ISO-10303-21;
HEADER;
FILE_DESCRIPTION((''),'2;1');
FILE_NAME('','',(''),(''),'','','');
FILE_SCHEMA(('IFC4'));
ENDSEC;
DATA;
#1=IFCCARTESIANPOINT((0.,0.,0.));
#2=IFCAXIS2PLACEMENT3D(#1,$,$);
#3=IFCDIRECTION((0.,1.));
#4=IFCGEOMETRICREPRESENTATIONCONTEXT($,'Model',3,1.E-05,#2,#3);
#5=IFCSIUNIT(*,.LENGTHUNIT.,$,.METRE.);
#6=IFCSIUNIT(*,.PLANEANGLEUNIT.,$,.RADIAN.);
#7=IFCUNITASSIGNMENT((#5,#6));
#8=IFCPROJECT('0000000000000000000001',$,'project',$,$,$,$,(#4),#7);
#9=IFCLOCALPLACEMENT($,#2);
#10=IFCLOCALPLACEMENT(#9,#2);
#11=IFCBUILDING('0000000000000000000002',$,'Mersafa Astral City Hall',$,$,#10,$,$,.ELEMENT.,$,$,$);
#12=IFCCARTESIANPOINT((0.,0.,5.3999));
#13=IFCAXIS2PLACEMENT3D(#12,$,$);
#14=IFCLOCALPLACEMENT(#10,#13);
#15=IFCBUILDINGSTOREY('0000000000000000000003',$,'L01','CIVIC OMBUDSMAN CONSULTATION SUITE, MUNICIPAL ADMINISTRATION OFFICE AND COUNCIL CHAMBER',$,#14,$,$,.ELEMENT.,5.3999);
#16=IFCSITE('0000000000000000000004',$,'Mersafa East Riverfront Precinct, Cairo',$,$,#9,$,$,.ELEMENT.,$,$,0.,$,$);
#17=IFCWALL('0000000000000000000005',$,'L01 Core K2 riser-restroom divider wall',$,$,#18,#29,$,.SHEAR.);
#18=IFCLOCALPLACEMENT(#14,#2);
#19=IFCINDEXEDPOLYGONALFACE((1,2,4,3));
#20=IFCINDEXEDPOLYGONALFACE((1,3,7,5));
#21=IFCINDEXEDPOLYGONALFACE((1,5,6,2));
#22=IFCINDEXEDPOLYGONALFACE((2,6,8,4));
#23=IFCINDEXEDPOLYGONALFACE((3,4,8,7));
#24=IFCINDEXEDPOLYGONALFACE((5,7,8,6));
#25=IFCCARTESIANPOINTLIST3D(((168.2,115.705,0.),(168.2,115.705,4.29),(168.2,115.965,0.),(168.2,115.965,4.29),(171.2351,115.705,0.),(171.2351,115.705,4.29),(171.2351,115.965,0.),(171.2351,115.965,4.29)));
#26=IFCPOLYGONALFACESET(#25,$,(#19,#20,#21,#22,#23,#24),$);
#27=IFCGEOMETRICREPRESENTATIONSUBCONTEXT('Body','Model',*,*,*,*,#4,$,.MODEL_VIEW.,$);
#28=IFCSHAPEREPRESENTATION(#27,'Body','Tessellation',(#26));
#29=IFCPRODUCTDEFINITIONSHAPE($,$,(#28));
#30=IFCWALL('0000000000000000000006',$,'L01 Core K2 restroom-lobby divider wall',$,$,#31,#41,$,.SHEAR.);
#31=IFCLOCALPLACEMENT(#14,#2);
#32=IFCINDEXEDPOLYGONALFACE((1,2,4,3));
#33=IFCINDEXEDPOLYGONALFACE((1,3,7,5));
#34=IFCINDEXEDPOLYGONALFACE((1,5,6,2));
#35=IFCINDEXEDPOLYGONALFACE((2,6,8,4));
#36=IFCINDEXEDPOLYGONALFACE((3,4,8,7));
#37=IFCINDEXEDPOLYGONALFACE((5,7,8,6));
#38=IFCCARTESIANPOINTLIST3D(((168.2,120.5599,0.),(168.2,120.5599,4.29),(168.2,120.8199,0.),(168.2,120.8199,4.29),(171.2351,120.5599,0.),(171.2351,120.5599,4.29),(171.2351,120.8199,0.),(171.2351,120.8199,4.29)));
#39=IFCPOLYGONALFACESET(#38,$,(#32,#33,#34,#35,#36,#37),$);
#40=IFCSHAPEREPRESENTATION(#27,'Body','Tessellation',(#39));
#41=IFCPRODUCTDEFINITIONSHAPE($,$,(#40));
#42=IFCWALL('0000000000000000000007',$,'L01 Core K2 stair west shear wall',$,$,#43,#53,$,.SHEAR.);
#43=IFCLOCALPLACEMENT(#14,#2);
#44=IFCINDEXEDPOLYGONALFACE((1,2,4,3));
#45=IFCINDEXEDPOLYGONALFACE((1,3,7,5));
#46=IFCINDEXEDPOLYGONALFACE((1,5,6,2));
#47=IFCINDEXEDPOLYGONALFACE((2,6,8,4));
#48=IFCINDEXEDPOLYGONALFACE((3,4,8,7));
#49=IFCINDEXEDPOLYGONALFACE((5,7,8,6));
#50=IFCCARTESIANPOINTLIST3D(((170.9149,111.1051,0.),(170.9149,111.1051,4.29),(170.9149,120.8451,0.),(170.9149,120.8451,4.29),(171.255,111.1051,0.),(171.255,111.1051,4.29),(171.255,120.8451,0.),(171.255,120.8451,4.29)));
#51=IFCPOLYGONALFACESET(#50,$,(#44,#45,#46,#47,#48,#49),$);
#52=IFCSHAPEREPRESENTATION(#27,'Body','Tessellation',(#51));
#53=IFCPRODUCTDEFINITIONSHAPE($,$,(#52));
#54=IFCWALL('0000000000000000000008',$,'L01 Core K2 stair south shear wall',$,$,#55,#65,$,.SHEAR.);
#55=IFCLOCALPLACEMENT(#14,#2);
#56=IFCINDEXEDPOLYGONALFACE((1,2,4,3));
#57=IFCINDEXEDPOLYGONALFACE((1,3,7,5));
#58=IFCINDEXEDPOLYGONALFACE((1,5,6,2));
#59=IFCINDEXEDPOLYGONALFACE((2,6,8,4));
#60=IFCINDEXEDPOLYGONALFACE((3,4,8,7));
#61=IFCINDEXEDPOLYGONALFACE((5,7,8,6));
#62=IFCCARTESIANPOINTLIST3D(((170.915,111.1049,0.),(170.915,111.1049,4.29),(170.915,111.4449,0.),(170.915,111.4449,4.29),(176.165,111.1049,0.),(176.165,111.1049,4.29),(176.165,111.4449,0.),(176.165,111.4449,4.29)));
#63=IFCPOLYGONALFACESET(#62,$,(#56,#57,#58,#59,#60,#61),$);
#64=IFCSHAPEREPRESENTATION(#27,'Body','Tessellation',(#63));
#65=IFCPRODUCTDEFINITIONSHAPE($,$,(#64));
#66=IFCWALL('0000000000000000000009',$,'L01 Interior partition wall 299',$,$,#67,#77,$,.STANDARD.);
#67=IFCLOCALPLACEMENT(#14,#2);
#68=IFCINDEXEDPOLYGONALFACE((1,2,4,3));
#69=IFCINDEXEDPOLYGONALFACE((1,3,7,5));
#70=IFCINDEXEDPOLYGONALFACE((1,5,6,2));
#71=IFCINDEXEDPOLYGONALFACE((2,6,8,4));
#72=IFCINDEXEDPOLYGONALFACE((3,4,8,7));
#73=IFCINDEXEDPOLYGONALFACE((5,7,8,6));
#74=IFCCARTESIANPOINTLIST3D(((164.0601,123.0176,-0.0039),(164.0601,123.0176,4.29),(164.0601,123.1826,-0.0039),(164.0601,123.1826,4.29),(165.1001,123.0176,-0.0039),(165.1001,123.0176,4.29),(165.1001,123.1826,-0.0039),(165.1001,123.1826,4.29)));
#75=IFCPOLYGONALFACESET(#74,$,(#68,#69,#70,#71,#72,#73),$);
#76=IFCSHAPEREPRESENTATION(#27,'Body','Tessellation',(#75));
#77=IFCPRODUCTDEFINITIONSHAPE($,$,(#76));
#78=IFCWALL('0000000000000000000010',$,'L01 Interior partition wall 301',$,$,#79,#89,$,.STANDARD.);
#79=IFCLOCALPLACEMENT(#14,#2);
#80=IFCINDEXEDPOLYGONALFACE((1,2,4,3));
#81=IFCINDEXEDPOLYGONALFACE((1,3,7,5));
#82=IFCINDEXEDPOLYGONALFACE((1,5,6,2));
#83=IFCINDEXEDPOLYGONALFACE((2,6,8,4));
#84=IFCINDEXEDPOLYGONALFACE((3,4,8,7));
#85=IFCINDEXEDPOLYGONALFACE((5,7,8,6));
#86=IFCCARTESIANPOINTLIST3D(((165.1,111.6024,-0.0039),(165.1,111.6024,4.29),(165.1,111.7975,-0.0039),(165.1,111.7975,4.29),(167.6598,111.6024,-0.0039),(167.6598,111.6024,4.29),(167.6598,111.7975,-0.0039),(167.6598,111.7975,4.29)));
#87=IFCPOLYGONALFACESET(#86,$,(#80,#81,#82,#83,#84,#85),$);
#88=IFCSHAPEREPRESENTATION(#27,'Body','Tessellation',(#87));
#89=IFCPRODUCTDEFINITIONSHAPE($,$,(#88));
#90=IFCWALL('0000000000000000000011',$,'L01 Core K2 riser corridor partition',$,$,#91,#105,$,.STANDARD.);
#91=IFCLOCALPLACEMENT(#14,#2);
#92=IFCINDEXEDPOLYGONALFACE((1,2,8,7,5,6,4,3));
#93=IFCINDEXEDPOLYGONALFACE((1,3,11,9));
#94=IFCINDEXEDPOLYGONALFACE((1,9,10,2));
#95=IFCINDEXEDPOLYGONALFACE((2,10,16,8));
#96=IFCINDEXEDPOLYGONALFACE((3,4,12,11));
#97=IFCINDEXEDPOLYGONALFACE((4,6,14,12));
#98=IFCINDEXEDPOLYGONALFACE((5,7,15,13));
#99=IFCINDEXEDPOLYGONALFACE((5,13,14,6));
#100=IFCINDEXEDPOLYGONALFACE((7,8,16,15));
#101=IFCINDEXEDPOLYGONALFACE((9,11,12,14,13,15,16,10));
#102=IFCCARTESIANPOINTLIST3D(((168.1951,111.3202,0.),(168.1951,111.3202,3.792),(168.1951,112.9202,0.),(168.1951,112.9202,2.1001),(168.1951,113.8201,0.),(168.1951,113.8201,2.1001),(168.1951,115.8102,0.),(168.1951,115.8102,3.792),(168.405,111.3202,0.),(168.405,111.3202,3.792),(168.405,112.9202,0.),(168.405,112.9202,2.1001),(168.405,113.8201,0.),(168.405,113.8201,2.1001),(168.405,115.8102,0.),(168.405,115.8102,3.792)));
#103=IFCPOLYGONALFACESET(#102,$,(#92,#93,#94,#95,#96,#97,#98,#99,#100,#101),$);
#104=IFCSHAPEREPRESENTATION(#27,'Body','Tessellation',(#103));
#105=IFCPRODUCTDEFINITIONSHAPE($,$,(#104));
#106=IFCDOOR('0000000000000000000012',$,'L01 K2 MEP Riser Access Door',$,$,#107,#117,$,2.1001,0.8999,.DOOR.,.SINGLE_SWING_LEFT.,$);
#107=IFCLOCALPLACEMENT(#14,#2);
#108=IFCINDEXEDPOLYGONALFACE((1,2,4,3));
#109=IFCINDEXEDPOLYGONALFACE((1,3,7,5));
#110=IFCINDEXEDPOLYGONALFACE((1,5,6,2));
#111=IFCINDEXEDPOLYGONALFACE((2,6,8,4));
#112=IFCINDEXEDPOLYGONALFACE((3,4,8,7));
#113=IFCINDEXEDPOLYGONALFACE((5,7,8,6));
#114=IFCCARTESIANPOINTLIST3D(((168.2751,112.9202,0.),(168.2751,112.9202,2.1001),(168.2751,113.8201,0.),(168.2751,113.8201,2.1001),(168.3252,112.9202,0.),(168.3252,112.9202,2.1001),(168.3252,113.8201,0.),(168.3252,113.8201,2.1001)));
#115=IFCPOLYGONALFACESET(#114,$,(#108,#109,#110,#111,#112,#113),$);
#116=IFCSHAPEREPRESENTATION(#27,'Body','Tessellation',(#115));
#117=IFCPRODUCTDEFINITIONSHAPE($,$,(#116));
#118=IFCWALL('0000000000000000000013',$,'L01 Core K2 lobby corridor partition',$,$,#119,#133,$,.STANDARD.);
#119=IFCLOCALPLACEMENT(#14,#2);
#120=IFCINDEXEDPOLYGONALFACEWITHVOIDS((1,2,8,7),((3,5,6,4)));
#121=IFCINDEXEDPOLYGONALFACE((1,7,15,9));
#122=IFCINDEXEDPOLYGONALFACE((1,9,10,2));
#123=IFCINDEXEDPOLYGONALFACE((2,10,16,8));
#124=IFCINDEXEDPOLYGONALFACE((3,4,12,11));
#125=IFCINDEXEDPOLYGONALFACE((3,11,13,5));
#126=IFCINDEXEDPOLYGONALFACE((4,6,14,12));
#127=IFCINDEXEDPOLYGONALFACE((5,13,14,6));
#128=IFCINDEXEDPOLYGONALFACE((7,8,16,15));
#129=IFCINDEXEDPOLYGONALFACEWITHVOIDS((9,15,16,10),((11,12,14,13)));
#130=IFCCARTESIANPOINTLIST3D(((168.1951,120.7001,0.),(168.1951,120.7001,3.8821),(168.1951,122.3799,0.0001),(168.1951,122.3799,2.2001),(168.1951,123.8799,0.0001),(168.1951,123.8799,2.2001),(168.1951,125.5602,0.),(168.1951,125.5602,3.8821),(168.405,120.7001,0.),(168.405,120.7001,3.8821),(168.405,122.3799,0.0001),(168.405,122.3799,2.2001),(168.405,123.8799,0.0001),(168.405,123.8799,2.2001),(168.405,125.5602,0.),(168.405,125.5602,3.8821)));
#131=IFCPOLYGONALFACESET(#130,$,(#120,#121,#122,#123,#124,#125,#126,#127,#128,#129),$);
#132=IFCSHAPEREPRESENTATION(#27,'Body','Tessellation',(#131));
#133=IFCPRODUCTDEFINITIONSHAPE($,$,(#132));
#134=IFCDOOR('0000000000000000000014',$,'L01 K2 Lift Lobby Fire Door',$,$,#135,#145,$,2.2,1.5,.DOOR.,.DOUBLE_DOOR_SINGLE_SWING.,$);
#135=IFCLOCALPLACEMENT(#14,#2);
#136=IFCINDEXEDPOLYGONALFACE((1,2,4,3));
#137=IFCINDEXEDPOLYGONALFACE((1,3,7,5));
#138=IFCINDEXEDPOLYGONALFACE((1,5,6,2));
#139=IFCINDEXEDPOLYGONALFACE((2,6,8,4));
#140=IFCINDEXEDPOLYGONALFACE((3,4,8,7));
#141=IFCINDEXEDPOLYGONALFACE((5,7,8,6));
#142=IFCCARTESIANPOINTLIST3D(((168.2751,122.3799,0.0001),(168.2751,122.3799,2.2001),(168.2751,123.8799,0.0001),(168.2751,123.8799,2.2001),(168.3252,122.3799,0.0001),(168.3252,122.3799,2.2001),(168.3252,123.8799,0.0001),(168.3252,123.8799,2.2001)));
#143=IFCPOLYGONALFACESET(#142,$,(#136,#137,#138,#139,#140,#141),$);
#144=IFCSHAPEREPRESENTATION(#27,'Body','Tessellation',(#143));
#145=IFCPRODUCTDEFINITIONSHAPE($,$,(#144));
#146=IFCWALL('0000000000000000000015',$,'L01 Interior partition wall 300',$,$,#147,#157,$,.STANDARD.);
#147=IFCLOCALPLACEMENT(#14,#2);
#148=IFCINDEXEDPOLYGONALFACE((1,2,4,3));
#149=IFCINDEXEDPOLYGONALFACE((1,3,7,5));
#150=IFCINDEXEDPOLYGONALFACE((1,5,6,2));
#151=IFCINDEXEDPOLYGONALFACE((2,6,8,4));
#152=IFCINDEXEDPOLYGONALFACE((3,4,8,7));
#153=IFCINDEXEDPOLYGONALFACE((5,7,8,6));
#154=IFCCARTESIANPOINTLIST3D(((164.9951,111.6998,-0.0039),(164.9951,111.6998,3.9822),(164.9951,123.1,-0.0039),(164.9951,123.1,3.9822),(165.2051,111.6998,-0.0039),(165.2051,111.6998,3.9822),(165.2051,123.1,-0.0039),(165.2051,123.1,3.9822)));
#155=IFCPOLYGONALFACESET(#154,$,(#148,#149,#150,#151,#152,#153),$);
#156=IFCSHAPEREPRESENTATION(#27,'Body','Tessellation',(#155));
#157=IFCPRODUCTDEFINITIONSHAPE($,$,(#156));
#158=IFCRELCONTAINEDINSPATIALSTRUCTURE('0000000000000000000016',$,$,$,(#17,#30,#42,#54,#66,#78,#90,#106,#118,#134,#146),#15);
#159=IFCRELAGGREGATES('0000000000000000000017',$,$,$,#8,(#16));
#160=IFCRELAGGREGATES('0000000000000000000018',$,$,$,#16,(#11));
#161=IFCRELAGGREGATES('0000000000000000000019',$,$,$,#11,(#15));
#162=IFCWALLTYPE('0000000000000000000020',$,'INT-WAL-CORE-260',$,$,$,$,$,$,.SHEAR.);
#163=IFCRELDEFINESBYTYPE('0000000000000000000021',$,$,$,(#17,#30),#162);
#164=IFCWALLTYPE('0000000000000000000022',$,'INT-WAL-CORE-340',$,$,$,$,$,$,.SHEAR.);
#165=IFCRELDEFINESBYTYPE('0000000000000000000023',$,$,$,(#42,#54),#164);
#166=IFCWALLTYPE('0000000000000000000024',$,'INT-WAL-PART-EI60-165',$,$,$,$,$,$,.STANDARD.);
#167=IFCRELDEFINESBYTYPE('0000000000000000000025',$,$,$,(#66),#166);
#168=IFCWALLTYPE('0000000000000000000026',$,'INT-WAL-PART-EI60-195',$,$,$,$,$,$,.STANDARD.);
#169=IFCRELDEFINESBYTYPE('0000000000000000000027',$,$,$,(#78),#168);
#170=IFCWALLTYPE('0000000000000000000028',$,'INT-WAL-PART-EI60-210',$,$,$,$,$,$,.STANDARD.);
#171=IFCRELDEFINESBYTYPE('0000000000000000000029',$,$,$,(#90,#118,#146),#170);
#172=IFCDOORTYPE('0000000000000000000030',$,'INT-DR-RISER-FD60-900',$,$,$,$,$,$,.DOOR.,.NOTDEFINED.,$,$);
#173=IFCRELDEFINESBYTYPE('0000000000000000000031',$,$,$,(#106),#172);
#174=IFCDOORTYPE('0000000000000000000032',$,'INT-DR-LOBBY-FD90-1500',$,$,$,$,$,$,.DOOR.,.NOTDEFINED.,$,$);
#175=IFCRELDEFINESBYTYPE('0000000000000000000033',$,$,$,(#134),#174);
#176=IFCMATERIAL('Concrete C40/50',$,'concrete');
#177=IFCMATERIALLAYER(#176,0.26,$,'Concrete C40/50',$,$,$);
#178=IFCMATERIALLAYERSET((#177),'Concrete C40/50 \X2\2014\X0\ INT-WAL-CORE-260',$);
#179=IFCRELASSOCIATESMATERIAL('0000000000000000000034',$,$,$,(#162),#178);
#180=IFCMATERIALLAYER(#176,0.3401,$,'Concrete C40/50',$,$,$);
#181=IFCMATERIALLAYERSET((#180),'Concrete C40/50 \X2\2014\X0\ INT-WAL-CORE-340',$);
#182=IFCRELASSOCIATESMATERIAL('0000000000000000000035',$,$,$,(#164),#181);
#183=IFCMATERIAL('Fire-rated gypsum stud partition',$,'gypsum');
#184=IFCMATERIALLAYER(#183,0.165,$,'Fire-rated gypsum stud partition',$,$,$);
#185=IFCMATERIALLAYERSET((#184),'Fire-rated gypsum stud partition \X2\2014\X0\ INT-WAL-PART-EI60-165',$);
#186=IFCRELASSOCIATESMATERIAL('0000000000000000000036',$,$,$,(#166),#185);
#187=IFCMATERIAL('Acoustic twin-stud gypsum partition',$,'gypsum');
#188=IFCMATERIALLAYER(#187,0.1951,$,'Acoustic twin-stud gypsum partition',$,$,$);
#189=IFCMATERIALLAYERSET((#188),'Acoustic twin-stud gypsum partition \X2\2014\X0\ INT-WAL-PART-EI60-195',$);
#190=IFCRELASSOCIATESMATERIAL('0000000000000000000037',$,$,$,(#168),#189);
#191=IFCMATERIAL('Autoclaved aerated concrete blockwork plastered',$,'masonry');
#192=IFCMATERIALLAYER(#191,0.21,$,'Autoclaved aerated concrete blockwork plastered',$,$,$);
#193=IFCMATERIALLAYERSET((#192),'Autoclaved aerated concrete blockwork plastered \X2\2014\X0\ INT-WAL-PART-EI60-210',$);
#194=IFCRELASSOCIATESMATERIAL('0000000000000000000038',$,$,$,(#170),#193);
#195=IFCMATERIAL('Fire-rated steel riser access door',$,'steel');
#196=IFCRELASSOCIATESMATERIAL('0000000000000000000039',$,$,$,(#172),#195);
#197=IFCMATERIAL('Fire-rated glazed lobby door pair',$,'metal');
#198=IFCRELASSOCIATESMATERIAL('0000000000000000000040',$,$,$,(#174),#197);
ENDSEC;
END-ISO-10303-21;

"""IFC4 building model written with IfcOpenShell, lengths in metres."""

from ifc_helpers import new_model, si_unit, direction, frame, frame_2d, origin, place, context, subcontext, project, spatial, rectangle, extrude, material, layer, layer_set, type_object, element, fill, save


model = new_model("IFC4")

# Units and contexts
model_context = context("Model", 3, precision=1e-05, world=origin(), true_north=direction((0.0, 1.0)))
body_context = subcontext(model_context, "Body", "Model", "MODEL_VIEW")
ifc_project = project(units=[si_unit("LENGTHUNIT", "METRE"), si_unit("PLANEANGLEUNIT", "RADIAN")], contexts=[model_context])

# Site, building, storey
site_placement = place(None, origin())
site = spatial("IfcSite", under=ifc_project, at=site_placement, Name="Mersafa East Riverfront Precinct, Cairo", CompositionType="ELEMENT", RefElevation=0.0)
building_placement = place(site_placement, origin())
building = spatial("IfcBuilding", under=site, at=building_placement, Name="Mersafa Astral City Hall", CompositionType="ELEMENT")
storey_placement = place(building_placement, frame((0.0, 0.0, 5.3999)))
storey = spatial("IfcBuildingStorey", under=building, at=storey_placement, Name="L01", Description="CIVIC OMBUDSMAN CONSULTATION SUITE, MUNICIPAL ADMINISTRATION OFFICE AND COUNCIL CHAMBER", CompositionType="ELEMENT", Elevation=5.3999)

# Shared definitions
ifc_material_1 = material(Name="Concrete C40/50", Category="concrete")
ifc_layer_1 = layer(ifc_material_1, 0.26, Name="Concrete C40/50")
ifc_layer_set_1 = layer_set([ifc_layer_1], Name="Concrete C40/50 — INT-WAL-CORE-260")
wall_type_1 = type_object("IfcWallType", Name="INT-WAL-CORE-260", PredefinedType="SHEAR", material=ifc_layer_set_1)

# Walls
for number, where, z_axis, x_axis, name in (
    (1, (168.2, 115.835, 0.0), (0.0, 0.0, 1.0), (1.0, 0.0, 0.0), "L01 Core K2 riser-restroom divider wall"),
    (2, (168.2, 120.6899, 0.0), (0.0, 0.0, 1.0), (1.0, 0.0, 0.0), "L01 Core K2 restroom-lobby divider wall"),
):
    element("IfcWall", number, at=place(storey_placement, frame(where, z_axis=z_axis, x_axis=x_axis)), inside=storey, type_object=wall_type_1, Name=name, PredefinedType="SHEAR", context=body_context, shape_type="SweptSolid", body=[
        extrude(rectangle(XDim=3.0352, YDim=0.26, at=frame_2d((1.5176, 0.0))), origin(), (0.0, 0.0, 1.0), 4.29),
    ])
ifc_layer_2 = layer(ifc_material_1, 0.3401, Name="Concrete C40/50")
ifc_layer_set_2 = layer_set([ifc_layer_2], Name="Concrete C40/50 — INT-WAL-CORE-340")
wall_type_2 = type_object("IfcWallType", Name="INT-WAL-CORE-340", PredefinedType="SHEAR", material=ifc_layer_set_2)
wall_1_placement = place(storey_placement, frame((171.085, 111.105, 0.0), z_axis=(0.0, 0.0, 1.0), x_axis=(0.0, 1.0, 0.0)))
element("IfcWall", 3, at=wall_1_placement, inside=storey, type_object=wall_type_2, Name="L01 Core K2 stair west shear wall", PredefinedType="SHEAR", context=body_context, shape_type="SweptSolid", body=[
    extrude(rectangle(XDim=9.74, YDim=0.3401, at=frame_2d((4.8701, 0.0))), origin(), (0.0, 0.0, 1.0), 4.29),
])
wall_2_placement = place(storey_placement, frame((170.915, 111.2749, 0.0), z_axis=(0.0, 0.0, 1.0), x_axis=(1.0, 0.0, 0.0)))
element("IfcWall", 4, at=wall_2_placement, inside=storey, type_object=wall_type_2, Name="L01 Core K2 stair south shear wall", PredefinedType="SHEAR", context=body_context, shape_type="SweptSolid", body=[
    extrude(rectangle(XDim=5.25, YDim=0.3401, at=frame_2d((2.625, 0.0))), origin(), (0.0, 0.0, 1.0), 4.29),
])

# Walls
ifc_material_2 = material(Name="Fire-rated gypsum stud partition", Category="gypsum")
ifc_layer_3 = layer(ifc_material_2, 0.165, Name="Fire-rated gypsum stud partition")
ifc_layer_set_3 = layer_set([ifc_layer_3], Name="Fire-rated gypsum stud partition — INT-WAL-PART-EI60-165")
wall_type_3 = type_object("IfcWallType", Name="INT-WAL-PART-EI60-165", PredefinedType="STANDARD", material=ifc_layer_set_3)
wall_3_placement = place(storey_placement, frame((164.0601, 123.1001, -0.0039), z_axis=(0.0, 0.0, 1.0), x_axis=(1.0, 0.0, 0.0)))
element("IfcWall", 5, at=wall_3_placement, inside=storey, type_object=wall_type_3, Name="L01 Interior partition wall 299", PredefinedType="STANDARD", context=body_context, shape_type="SweptSolid", body=[
    extrude(rectangle(XDim=1.04, YDim=0.165, at=frame_2d((0.52, 0.0))), origin(), (0.0, 0.0, 1.0), 4.2939),
])
ifc_material_3 = material(Name="Acoustic twin-stud gypsum partition", Category="gypsum")
ifc_layer_4 = layer(ifc_material_3, 0.1951, Name="Acoustic twin-stud gypsum partition")
ifc_layer_set_4 = layer_set([ifc_layer_4], Name="Acoustic twin-stud gypsum partition — INT-WAL-PART-EI60-195")
wall_type_4 = type_object("IfcWallType", Name="INT-WAL-PART-EI60-195", PredefinedType="STANDARD", material=ifc_layer_set_4)
wall_4_placement = place(storey_placement, frame((165.1001, 111.7, -0.0039), z_axis=(0.0, 0.0, 1.0), x_axis=(1.0, 0.0, 0.0)))
element("IfcWall", 6, at=wall_4_placement, inside=storey, type_object=wall_type_4, Name="L01 Interior partition wall 301", PredefinedType="STANDARD", context=body_context, shape_type="SweptSolid", body=[
    extrude(rectangle(XDim=2.5598, YDim=0.1951, at=frame_2d((1.2798, 0.0))), origin(), (0.0, 0.0, 1.0), 4.2939),
])

# Walls, openings, doors
ifc_material_4 = material(Name="Autoclaved aerated concrete blockwork plastered", Category="masonry")
ifc_layer_5 = layer(ifc_material_4, 0.21, Name="Autoclaved aerated concrete blockwork plastered")
ifc_layer_set_5 = layer_set([ifc_layer_5], Name="Autoclaved aerated concrete blockwork plastered — INT-WAL-PART-EI60-210")
wall_type_5 = type_object("IfcWallType", Name="INT-WAL-PART-EI60-210", PredefinedType="STANDARD", material=ifc_layer_set_5)
wall_5_placement = place(storey_placement, frame((168.3, 111.3201, 0.0), z_axis=(0.0, 0.0, 1.0), x_axis=(0.0, 1.0, 0.0)))
wall_5 = element("IfcWall", 7, at=wall_5_placement, inside=storey, type_object=wall_type_5, Name="L01 Core K2 riser corridor partition", PredefinedType="STANDARD", context=body_context, shape_type="SweptSolid", body=[
    extrude(rectangle(XDim=4.49, YDim=0.21, at=frame_2d((2.2451, 0.0))), origin(), (0.0, 0.0, 1.0), 3.792),
])
opening_1_placement = place(wall_5_placement, frame((1.6001, 0.0, 0.0)))
opening_1 = element("IfcOpeningElement", 8, at=opening_1_placement, cuts=wall_5, PredefinedType="OPENING", context=body_context, shape_type="SweptSolid", body=[
    extrude(rectangle(XDim=0.8999, YDim=2.1001, at=frame_2d((0.45, 1.05))), frame((0.0, 0.115, 0.0), z_axis=(0.0, -1.0, 0.0), x_axis=(1.0, 0.0, 0.0)), (0.0, 0.0, 1.0), 0.23),
])
ifc_material_5 = material(Name="Fire-rated steel riser access door", Category="steel")
door_type_1 = type_object("IfcDoorType", Name="INT-DR-RISER-FD60-900", OperationType="NOTDEFINED", PredefinedType="DOOR", material=ifc_material_5)
door_1_placement = place(opening_1_placement, origin())
door_1 = element("IfcDoor", 9, at=door_1_placement, inside=storey, type_object=door_type_1, Name="L01 K2 MEP Riser Access Door", OperationType="SINGLE_SWING_LEFT", OverallHeight=2.1001, OverallWidth=0.8999, PredefinedType="DOOR", context=body_context, shape_type="SweptSolid", body=[
    extrude(rectangle(XDim=0.8999, YDim=2.1001, at=frame_2d((0.45, 1.05))), frame((0.0, 0.0249, 0.0), z_axis=(0.0, -1.0, 0.0), x_axis=(1.0, 0.0, 0.0)), (0.0, 0.0, 1.0), 0.05),
])
fill(opening_1, door_1)
wall_6_placement = place(storey_placement, frame((168.3, 120.7, 0.0), z_axis=(0.0, 0.0, 1.0), x_axis=(0.0, 1.0, 0.0)))
wall_6 = element("IfcWall", 10, at=wall_6_placement, inside=storey, type_object=wall_type_5, Name="L01 Core K2 lobby corridor partition", PredefinedType="STANDARD", context=body_context, shape_type="SweptSolid", body=[
    extrude(rectangle(XDim=4.8601, YDim=0.21, at=frame_2d((2.4302, 0.0))), origin(), (0.0, 0.0, 1.0), 3.8821),
])
opening_2_placement = place(wall_6_placement, frame((1.6799, 0.0, 0.0)))
opening_2 = element("IfcOpeningElement", 11, at=opening_2_placement, cuts=wall_6, PredefinedType="OPENING", context=body_context, shape_type="SweptSolid", body=[
    extrude(rectangle(XDim=1.5, YDim=2.2, at=frame_2d((0.75, 1.1001))), frame((0.0, 0.115, 0.0), z_axis=(0.0, -1.0, 0.0), x_axis=(1.0, 0.0, 0.0)), (0.0, 0.0, 1.0), 0.23),
])
ifc_material_6 = material(Name="Fire-rated glazed lobby door pair", Category="metal")
door_type_2 = type_object("IfcDoorType", Name="INT-DR-LOBBY-FD90-1500", OperationType="NOTDEFINED", PredefinedType="DOOR", material=ifc_material_6)
door_2_placement = place(opening_2_placement, origin())
door_2 = element("IfcDoor", 12, at=door_2_placement, inside=storey, type_object=door_type_2, Name="L01 K2 Lift Lobby Fire Door", OperationType="DOUBLE_DOOR_SINGLE_SWING", OverallHeight=2.2, OverallWidth=1.5, PredefinedType="DOOR", context=body_context, shape_type="SweptSolid", body=[
    extrude(rectangle(XDim=1.5, YDim=2.2, at=frame_2d((0.75, 1.1001))), frame((0.0, 0.0249, 0.0), z_axis=(0.0, -1.0, 0.0), x_axis=(1.0, 0.0, 0.0)), (0.0, 0.0, 1.0), 0.05),
])
fill(opening_2, door_2)

# Wall
wall_7_placement = place(storey_placement, frame((165.1001, 123.1001, -0.0039), z_axis=(0.0, 0.0, 1.0), x_axis=(0.0, -1.0, 0.0)))
element("IfcWall", 13, at=wall_7_placement, inside=storey, type_object=wall_type_5, Name="L01 Interior partition wall 300", PredefinedType="STANDARD", context=body_context, shape_type="SweptSolid", body=[
    extrude(rectangle(XDim=11.4001, YDim=0.21, at=frame_2d((5.7002, 0.0))), origin(), (0.0, 0.0, 1.0), 3.9861),
])

save(model, "model.ifc")
